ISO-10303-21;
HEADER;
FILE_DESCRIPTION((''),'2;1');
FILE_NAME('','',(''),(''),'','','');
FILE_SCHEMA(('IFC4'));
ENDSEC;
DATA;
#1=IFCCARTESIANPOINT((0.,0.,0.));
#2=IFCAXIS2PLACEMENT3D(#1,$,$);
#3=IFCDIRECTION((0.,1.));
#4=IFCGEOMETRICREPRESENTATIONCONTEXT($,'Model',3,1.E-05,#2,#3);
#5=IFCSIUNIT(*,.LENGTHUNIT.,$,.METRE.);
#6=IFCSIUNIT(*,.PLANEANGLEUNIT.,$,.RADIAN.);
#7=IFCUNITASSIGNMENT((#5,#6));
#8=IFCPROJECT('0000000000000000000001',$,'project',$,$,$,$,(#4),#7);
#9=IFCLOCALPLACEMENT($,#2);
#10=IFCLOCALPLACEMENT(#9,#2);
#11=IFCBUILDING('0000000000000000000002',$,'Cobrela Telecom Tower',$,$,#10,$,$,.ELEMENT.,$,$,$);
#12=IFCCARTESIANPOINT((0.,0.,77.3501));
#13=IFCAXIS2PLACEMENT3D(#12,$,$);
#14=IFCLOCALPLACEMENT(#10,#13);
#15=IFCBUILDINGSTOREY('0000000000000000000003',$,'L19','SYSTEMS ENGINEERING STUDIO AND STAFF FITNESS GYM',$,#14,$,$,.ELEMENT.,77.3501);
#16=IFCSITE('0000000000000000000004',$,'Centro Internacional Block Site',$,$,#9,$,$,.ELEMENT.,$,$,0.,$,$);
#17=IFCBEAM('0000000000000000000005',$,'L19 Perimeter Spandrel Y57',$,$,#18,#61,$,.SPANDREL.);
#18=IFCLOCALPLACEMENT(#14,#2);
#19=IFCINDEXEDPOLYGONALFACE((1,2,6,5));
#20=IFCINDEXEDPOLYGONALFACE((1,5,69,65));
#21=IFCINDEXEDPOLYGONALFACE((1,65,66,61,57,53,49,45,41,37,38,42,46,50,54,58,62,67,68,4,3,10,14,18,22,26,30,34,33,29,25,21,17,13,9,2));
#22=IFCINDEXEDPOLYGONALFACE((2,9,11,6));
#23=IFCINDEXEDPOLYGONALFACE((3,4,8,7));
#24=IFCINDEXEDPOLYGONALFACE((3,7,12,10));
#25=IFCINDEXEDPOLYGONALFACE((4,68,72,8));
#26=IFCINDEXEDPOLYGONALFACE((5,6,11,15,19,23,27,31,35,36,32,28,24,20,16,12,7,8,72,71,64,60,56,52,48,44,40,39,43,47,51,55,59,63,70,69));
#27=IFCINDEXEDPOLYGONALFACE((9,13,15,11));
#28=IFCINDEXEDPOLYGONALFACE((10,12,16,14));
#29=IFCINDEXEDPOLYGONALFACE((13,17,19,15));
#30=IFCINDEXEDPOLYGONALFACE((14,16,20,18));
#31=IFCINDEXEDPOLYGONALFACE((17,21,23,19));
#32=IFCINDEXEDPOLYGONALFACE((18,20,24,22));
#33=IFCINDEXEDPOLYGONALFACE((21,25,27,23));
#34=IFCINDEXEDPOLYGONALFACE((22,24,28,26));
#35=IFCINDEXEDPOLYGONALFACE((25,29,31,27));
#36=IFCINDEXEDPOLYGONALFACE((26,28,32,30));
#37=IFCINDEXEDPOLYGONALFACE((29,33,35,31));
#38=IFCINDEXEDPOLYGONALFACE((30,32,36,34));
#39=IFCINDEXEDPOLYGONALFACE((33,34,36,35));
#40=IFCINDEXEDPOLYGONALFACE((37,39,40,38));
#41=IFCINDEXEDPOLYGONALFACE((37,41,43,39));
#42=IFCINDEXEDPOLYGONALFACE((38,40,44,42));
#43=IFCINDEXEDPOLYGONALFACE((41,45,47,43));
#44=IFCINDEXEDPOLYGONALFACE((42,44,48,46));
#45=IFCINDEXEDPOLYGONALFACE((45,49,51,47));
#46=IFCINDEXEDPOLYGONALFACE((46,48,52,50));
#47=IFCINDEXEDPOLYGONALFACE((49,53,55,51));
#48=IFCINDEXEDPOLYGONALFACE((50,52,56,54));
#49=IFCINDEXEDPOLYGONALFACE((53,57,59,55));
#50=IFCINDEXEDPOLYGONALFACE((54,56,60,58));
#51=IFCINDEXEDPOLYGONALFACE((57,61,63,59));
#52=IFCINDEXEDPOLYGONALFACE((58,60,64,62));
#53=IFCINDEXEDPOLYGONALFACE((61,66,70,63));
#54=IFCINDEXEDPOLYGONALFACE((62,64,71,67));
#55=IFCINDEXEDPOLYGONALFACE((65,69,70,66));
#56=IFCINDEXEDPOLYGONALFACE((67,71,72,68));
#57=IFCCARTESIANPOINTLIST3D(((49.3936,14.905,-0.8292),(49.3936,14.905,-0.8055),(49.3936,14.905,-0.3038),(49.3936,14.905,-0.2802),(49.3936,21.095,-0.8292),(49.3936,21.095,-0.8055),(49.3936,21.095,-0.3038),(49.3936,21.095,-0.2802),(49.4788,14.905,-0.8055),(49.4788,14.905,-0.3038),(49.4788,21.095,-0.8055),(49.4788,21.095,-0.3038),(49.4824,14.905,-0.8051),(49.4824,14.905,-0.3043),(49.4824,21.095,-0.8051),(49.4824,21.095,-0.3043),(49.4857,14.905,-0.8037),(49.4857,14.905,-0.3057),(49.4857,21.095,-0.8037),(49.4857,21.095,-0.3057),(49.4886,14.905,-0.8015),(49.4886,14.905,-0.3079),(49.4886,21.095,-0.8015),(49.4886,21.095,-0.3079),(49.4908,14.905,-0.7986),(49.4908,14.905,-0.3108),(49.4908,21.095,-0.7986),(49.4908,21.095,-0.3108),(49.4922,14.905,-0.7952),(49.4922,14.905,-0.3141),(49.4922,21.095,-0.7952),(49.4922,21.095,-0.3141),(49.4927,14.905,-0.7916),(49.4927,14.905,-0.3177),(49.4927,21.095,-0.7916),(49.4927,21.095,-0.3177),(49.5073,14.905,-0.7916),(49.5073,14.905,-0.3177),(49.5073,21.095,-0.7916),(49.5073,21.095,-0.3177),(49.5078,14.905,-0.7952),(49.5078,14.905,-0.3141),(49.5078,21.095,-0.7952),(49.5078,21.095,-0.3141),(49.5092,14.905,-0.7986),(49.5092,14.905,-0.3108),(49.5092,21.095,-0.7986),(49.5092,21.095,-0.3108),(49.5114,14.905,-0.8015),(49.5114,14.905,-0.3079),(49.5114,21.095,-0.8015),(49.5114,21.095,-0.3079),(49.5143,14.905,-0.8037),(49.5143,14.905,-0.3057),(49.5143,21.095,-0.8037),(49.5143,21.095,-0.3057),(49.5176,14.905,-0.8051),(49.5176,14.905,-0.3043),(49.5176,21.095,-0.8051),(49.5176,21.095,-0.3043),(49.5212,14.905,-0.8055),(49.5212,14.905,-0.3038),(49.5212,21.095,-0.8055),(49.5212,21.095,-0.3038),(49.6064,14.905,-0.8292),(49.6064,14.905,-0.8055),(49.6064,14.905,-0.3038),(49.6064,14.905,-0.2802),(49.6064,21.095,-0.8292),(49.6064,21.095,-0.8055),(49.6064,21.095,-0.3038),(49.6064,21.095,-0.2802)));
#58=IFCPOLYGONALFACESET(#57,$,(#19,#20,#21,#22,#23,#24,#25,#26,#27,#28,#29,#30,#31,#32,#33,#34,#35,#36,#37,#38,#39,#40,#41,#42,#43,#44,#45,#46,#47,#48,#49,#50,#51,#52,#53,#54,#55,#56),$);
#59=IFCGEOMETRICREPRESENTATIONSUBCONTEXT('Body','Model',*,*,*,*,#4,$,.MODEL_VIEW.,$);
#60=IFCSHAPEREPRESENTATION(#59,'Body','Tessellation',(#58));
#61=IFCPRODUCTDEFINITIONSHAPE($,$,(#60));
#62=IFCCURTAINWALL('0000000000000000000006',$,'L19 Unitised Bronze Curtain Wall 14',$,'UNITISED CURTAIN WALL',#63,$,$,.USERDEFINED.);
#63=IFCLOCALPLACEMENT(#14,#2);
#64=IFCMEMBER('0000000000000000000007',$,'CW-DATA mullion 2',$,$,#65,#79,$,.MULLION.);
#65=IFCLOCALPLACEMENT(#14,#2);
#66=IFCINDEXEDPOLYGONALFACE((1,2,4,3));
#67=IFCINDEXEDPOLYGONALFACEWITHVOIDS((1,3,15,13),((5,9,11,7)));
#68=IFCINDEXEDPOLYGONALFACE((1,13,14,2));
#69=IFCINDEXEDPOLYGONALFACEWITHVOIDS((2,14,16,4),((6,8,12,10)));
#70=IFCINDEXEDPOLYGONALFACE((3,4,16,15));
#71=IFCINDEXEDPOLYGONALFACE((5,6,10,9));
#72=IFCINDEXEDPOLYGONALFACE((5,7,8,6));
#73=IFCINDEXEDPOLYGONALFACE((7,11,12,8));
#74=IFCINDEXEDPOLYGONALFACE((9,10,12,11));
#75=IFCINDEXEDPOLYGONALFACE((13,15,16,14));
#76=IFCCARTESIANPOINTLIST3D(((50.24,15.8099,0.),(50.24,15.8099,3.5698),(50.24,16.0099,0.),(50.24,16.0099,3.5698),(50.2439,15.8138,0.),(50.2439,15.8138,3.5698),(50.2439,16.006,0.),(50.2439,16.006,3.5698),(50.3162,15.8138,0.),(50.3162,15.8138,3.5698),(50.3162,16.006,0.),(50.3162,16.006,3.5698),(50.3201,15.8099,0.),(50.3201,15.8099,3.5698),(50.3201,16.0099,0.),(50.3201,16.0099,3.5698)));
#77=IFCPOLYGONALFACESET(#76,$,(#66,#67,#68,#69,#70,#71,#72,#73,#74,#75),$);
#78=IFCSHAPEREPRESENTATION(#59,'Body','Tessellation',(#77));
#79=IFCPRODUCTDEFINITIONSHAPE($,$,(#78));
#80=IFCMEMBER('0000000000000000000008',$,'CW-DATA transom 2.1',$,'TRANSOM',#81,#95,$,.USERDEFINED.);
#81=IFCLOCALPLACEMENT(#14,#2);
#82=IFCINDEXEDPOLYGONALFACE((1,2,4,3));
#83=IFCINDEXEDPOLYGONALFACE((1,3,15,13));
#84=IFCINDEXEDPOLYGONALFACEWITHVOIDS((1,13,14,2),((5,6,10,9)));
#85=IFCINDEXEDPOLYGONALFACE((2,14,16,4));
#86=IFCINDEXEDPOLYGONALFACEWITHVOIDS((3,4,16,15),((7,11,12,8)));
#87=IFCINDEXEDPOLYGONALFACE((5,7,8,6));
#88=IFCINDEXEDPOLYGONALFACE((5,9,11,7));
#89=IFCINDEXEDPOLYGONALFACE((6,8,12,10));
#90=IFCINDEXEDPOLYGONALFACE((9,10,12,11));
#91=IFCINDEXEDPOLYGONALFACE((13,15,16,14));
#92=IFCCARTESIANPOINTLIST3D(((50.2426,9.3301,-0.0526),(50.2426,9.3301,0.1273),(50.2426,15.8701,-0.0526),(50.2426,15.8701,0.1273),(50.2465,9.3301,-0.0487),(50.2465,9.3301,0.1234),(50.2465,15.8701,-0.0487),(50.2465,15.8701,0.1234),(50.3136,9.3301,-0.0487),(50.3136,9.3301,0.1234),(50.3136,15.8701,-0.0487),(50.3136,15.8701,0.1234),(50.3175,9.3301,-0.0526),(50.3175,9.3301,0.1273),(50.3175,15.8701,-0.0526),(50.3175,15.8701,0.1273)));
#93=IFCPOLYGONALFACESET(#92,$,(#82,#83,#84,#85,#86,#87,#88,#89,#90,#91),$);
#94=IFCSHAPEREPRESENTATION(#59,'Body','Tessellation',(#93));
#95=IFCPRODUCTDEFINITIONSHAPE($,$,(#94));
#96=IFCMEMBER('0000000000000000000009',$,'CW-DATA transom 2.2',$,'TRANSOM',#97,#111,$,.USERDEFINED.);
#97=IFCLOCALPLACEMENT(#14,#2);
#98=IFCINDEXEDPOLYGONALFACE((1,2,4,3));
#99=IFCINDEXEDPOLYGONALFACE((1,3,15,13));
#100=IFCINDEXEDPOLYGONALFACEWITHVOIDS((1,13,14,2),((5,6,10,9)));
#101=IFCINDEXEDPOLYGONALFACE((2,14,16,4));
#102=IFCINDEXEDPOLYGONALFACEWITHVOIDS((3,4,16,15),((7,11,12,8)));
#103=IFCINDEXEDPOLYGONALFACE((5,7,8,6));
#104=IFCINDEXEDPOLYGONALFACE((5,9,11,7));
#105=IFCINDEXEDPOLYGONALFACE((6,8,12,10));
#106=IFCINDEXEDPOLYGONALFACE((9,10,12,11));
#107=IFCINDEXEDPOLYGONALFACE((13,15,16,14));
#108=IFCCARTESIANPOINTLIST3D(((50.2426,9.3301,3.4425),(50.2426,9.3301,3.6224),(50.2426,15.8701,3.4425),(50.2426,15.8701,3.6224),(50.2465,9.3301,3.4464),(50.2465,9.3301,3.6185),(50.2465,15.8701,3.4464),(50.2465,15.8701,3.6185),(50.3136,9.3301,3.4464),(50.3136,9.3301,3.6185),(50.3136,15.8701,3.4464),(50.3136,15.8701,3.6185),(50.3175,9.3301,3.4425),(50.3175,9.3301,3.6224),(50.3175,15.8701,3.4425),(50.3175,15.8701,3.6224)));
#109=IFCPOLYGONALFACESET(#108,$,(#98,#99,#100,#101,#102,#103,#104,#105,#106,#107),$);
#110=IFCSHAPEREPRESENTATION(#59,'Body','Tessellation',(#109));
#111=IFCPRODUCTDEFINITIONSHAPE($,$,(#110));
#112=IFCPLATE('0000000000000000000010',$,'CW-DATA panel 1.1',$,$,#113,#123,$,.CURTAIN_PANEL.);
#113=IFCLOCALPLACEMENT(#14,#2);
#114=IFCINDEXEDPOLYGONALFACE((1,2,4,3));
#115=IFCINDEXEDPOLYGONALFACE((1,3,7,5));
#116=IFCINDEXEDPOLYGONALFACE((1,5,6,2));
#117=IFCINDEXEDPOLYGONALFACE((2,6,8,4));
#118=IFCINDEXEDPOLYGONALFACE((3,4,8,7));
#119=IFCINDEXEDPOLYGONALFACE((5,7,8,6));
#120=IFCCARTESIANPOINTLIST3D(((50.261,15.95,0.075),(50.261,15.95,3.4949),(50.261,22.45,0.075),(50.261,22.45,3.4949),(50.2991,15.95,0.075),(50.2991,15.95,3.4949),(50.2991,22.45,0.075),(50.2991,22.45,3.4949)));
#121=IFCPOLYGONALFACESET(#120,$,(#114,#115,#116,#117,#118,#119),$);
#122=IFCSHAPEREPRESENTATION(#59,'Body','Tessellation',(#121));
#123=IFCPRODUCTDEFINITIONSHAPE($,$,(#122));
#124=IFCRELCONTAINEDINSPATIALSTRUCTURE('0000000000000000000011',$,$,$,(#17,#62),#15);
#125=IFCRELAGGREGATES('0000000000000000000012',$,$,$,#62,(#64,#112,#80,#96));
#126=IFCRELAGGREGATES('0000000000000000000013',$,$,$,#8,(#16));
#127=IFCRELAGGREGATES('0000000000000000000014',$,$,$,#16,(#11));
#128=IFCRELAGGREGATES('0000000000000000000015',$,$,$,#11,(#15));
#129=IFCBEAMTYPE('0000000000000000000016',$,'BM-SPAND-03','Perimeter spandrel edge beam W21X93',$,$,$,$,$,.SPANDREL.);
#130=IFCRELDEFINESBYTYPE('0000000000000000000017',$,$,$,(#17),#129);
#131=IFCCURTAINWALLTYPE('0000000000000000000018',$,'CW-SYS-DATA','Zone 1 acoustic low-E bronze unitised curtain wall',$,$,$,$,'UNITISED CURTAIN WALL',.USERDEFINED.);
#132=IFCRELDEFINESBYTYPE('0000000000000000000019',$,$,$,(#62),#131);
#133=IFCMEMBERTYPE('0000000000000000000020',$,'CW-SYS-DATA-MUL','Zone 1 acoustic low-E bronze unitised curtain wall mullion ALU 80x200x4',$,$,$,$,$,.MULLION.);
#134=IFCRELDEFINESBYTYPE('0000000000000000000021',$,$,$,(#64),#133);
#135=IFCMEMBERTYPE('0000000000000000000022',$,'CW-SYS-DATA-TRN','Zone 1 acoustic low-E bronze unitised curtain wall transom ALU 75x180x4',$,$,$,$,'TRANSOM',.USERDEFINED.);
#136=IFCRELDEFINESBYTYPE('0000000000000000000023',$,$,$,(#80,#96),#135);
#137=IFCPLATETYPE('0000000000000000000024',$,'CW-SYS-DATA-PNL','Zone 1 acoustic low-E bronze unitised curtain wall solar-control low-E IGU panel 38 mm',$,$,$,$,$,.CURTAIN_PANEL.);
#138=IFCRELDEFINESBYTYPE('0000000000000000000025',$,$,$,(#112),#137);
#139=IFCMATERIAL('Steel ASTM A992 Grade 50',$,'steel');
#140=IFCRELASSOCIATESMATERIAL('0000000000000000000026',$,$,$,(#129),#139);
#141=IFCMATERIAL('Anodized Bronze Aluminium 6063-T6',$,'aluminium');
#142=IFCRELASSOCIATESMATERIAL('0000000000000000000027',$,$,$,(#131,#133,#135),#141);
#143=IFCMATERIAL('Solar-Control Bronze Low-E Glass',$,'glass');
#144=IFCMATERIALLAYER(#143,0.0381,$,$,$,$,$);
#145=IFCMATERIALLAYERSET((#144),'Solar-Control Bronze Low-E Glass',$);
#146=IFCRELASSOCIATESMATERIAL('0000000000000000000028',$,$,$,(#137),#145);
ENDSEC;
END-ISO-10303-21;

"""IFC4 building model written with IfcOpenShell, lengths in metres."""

from ifc_helpers import new_model, si_unit, direction, frame, origin, origin_2d, place, context, subcontext, project, spatial, rectangle, hollow_rectangle, i_section, extrude, material, layer, layer_set, material_profile, profile_set, type_object, element, aggregate, save


model = new_model("IFC4")

# Units and contexts
model_context = context("Model", 3, precision=1e-05, world=origin(), true_north=direction((0.0, 1.0)))
body_context = subcontext(model_context, "Body", "Model", "MODEL_VIEW")
ifc_project = project(units=[si_unit("LENGTHUNIT", "METRE"), si_unit("PLANEANGLEUNIT", "RADIAN")], contexts=[model_context])

# Site, building, storey
site_placement = place(None, origin())
site = spatial("IfcSite", under=ifc_project, at=site_placement, Name="Centro Internacional Block Site", CompositionType="ELEMENT", RefElevation=0.0)
building_placement = place(site_placement, origin())
building = spatial("IfcBuilding", under=site, at=building_placement, Name="Cobrela Telecom Tower", CompositionType="ELEMENT")
storey_placement = place(building_placement, frame((0.0, 0.0, 77.3501)))
storey = spatial("IfcBuildingStorey", under=building, at=storey_placement, Name="L19", Description="SYSTEMS ENGINEERING STUDIO AND STAFF FITNESS GYM", CompositionType="ELEMENT", Elevation=77.3501)

# Shared definitions
ifc_material_1 = material(Name="Steel ASTM A992 Grade 50", Category="steel")

# Beam
ifc_material_profile_1 = material_profile(ifc_material_1, i_section(OverallWidth=0.2129, OverallDepth=0.5491, WebThickness=0.0146, FlangeThickness=0.0237, FilletRadius=0.0139, at=origin_2d()), Name="W21X93")
ifc_profile_set_1 = profile_set([ifc_material_profile_1], Name="Steel ASTM A992 Grade 50")
beam_type_1 = type_object("IfcBeamType", Name="BM-SPAND-03", Description="Perimeter spandrel edge beam W21X93", PredefinedType="SPANDREL", material=ifc_profile_set_1)
beam_placement = place(storey_placement, frame((49.5, 14.905, -0.5547), z_axis=(0.0, 1.0, 0.0), x_axis=(-1.0, 0.0, 0.0)))
element("IfcBeam", 1, at=beam_placement, inside=storey, type_object=beam_type_1, Name="L19 Perimeter Spandrel Y57", PredefinedType="SPANDREL", context=body_context, shape_type="SweptSolid", body=[
    extrude(i_section(OverallWidth=0.2129, OverallDepth=0.5491, WebThickness=0.0146, FlangeThickness=0.0237, FilletRadius=0.0139, at=origin_2d()), origin(), (0.0, 0.0, 1.0), 6.1899),
])

# Curtain wall, members, plate
ifc_material_2 = material(Name="Anodized Bronze Aluminium 6063-T6", Category="aluminium")
curtain_wall_type = type_object("IfcCurtainWallType", Name="CW-SYS-DATA", Description="Zone 1 acoustic low-E bronze unitised curtain wall", ElementType="UNITISED CURTAIN WALL", PredefinedType="USERDEFINED", material=ifc_material_2)
curtain_wall_placement = place(storey_placement, origin())
curtain_wall = element("IfcCurtainWall", 2, at=curtain_wall_placement, inside=storey, type_object=curtain_wall_type, Name="L19 Unitised Bronze Curtain Wall 14", ObjectType="UNITISED CURTAIN WALL", PredefinedType="USERDEFINED")
ifc_material_profile_2 = material_profile(ifc_material_2, hollow_rectangle(XDim=0.0801, YDim=0.2, WallThickness=0.0039, at=origin_2d()), Name="ALU 80x200x4")
ifc_profile_set_2 = profile_set([ifc_material_profile_2], Name="Anodized Bronze Aluminium 6063-T6")
member_type_1 = type_object("IfcMemberType", Name="CW-SYS-DATA-MUL", Description="Zone 1 acoustic low-E bronze unitised curtain wall mullion ALU 80x200x4", PredefinedType="MULLION", material=ifc_profile_set_2)
member_1_placement = place(storey_placement, frame((50.28, 15.9099, 0.0), z_axis=(0.0, 0.0, 1.0), x_axis=(1.0, 0.0, 0.0)))
member_1 = element("IfcMember", 3, at=member_1_placement, type_object=member_type_1, Name="CW-DATA mullion 2", PredefinedType="MULLION", context=body_context, shape_type="SweptSolid", body=[
    extrude(hollow_rectangle(XDim=0.0801, YDim=0.2, WallThickness=0.0039, at=origin_2d()), origin(), (0.0, 0.0, 1.0), 3.5698),
])
ifc_material_profile_3 = material_profile(ifc_material_2, hollow_rectangle(XDim=0.075, YDim=0.1799, WallThickness=0.0039, at=origin_2d()), Name="ALU 75x180x4")
ifc_profile_set_3 = profile_set([ifc_material_profile_3], Name="Anodized Bronze Aluminium 6063-T6")
member_type_2 = type_object("IfcMemberType", Name="CW-SYS-DATA-TRN", Description="Zone 1 acoustic low-E bronze unitised curtain wall transom ALU 75x180x4", ElementType="TRANSOM", PredefinedType="USERDEFINED", material=ifc_profile_set_3)
member_2_placement = place(storey_placement, frame((50.28, 15.8701, 0.0374), z_axis=(0.0, -1.0, 0.0), x_axis=(1.0, 0.0, 0.0)))
member_2 = element("IfcMember", 4, at=member_2_placement, type_object=member_type_2, Name="CW-DATA transom 2.1", ObjectType="TRANSOM", PredefinedType="USERDEFINED", context=body_context, shape_type="SweptSolid", body=[
    extrude(hollow_rectangle(XDim=0.075, YDim=0.1799, WallThickness=0.0039, at=origin_2d()), origin(), (0.0, 0.0, 1.0), 6.54),
])
member_3_placement = place(storey_placement, frame((50.28, 15.8701, 3.5325), z_axis=(0.0, -1.0, 0.0), x_axis=(1.0, 0.0, 0.0)))
member_3 = element("IfcMember", 5, at=member_3_placement, type_object=member_type_2, Name="CW-DATA transom 2.2", ObjectType="TRANSOM", PredefinedType="USERDEFINED", context=body_context, shape_type="SweptSolid", body=[
    extrude(hollow_rectangle(XDim=0.075, YDim=0.1799, WallThickness=0.0039, at=origin_2d()), origin(), (0.0, 0.0, 1.0), 6.54),
])
ifc_material_3 = material(Name="Solar-Control Bronze Low-E Glass", Category="glass")
ifc_layer = layer(ifc_material_3, 0.0381)
ifc_layer_set = layer_set([ifc_layer], Name="Solar-Control Bronze Low-E Glass")
plate_type = type_object("IfcPlateType", Name="CW-SYS-DATA-PNL", Description="Zone 1 acoustic low-E bronze unitised curtain wall solar-control low-E IGU panel 38 mm", PredefinedType="CURTAIN_PANEL", material=ifc_layer_set)
plate_placement = place(storey_placement, frame((50.28, 19.2, 0.075), z_axis=(0.0, 0.0, 1.0), x_axis=(0.0, -1.0, 0.0)))
plate = element("IfcPlate", 6, at=plate_placement, type_object=plate_type, Name="CW-DATA panel 1.1", PredefinedType="CURTAIN_PANEL", context=body_context, shape_type="SweptSolid", body=[
    extrude(rectangle(XDim=6.5, YDim=0.0381, at=origin_2d()), origin(), (0.0, 0.0, 1.0), 3.4199),
])
aggregate(curtain_wall, [member_1, plate, member_2, member_3])

save(model, "model.ifc")
